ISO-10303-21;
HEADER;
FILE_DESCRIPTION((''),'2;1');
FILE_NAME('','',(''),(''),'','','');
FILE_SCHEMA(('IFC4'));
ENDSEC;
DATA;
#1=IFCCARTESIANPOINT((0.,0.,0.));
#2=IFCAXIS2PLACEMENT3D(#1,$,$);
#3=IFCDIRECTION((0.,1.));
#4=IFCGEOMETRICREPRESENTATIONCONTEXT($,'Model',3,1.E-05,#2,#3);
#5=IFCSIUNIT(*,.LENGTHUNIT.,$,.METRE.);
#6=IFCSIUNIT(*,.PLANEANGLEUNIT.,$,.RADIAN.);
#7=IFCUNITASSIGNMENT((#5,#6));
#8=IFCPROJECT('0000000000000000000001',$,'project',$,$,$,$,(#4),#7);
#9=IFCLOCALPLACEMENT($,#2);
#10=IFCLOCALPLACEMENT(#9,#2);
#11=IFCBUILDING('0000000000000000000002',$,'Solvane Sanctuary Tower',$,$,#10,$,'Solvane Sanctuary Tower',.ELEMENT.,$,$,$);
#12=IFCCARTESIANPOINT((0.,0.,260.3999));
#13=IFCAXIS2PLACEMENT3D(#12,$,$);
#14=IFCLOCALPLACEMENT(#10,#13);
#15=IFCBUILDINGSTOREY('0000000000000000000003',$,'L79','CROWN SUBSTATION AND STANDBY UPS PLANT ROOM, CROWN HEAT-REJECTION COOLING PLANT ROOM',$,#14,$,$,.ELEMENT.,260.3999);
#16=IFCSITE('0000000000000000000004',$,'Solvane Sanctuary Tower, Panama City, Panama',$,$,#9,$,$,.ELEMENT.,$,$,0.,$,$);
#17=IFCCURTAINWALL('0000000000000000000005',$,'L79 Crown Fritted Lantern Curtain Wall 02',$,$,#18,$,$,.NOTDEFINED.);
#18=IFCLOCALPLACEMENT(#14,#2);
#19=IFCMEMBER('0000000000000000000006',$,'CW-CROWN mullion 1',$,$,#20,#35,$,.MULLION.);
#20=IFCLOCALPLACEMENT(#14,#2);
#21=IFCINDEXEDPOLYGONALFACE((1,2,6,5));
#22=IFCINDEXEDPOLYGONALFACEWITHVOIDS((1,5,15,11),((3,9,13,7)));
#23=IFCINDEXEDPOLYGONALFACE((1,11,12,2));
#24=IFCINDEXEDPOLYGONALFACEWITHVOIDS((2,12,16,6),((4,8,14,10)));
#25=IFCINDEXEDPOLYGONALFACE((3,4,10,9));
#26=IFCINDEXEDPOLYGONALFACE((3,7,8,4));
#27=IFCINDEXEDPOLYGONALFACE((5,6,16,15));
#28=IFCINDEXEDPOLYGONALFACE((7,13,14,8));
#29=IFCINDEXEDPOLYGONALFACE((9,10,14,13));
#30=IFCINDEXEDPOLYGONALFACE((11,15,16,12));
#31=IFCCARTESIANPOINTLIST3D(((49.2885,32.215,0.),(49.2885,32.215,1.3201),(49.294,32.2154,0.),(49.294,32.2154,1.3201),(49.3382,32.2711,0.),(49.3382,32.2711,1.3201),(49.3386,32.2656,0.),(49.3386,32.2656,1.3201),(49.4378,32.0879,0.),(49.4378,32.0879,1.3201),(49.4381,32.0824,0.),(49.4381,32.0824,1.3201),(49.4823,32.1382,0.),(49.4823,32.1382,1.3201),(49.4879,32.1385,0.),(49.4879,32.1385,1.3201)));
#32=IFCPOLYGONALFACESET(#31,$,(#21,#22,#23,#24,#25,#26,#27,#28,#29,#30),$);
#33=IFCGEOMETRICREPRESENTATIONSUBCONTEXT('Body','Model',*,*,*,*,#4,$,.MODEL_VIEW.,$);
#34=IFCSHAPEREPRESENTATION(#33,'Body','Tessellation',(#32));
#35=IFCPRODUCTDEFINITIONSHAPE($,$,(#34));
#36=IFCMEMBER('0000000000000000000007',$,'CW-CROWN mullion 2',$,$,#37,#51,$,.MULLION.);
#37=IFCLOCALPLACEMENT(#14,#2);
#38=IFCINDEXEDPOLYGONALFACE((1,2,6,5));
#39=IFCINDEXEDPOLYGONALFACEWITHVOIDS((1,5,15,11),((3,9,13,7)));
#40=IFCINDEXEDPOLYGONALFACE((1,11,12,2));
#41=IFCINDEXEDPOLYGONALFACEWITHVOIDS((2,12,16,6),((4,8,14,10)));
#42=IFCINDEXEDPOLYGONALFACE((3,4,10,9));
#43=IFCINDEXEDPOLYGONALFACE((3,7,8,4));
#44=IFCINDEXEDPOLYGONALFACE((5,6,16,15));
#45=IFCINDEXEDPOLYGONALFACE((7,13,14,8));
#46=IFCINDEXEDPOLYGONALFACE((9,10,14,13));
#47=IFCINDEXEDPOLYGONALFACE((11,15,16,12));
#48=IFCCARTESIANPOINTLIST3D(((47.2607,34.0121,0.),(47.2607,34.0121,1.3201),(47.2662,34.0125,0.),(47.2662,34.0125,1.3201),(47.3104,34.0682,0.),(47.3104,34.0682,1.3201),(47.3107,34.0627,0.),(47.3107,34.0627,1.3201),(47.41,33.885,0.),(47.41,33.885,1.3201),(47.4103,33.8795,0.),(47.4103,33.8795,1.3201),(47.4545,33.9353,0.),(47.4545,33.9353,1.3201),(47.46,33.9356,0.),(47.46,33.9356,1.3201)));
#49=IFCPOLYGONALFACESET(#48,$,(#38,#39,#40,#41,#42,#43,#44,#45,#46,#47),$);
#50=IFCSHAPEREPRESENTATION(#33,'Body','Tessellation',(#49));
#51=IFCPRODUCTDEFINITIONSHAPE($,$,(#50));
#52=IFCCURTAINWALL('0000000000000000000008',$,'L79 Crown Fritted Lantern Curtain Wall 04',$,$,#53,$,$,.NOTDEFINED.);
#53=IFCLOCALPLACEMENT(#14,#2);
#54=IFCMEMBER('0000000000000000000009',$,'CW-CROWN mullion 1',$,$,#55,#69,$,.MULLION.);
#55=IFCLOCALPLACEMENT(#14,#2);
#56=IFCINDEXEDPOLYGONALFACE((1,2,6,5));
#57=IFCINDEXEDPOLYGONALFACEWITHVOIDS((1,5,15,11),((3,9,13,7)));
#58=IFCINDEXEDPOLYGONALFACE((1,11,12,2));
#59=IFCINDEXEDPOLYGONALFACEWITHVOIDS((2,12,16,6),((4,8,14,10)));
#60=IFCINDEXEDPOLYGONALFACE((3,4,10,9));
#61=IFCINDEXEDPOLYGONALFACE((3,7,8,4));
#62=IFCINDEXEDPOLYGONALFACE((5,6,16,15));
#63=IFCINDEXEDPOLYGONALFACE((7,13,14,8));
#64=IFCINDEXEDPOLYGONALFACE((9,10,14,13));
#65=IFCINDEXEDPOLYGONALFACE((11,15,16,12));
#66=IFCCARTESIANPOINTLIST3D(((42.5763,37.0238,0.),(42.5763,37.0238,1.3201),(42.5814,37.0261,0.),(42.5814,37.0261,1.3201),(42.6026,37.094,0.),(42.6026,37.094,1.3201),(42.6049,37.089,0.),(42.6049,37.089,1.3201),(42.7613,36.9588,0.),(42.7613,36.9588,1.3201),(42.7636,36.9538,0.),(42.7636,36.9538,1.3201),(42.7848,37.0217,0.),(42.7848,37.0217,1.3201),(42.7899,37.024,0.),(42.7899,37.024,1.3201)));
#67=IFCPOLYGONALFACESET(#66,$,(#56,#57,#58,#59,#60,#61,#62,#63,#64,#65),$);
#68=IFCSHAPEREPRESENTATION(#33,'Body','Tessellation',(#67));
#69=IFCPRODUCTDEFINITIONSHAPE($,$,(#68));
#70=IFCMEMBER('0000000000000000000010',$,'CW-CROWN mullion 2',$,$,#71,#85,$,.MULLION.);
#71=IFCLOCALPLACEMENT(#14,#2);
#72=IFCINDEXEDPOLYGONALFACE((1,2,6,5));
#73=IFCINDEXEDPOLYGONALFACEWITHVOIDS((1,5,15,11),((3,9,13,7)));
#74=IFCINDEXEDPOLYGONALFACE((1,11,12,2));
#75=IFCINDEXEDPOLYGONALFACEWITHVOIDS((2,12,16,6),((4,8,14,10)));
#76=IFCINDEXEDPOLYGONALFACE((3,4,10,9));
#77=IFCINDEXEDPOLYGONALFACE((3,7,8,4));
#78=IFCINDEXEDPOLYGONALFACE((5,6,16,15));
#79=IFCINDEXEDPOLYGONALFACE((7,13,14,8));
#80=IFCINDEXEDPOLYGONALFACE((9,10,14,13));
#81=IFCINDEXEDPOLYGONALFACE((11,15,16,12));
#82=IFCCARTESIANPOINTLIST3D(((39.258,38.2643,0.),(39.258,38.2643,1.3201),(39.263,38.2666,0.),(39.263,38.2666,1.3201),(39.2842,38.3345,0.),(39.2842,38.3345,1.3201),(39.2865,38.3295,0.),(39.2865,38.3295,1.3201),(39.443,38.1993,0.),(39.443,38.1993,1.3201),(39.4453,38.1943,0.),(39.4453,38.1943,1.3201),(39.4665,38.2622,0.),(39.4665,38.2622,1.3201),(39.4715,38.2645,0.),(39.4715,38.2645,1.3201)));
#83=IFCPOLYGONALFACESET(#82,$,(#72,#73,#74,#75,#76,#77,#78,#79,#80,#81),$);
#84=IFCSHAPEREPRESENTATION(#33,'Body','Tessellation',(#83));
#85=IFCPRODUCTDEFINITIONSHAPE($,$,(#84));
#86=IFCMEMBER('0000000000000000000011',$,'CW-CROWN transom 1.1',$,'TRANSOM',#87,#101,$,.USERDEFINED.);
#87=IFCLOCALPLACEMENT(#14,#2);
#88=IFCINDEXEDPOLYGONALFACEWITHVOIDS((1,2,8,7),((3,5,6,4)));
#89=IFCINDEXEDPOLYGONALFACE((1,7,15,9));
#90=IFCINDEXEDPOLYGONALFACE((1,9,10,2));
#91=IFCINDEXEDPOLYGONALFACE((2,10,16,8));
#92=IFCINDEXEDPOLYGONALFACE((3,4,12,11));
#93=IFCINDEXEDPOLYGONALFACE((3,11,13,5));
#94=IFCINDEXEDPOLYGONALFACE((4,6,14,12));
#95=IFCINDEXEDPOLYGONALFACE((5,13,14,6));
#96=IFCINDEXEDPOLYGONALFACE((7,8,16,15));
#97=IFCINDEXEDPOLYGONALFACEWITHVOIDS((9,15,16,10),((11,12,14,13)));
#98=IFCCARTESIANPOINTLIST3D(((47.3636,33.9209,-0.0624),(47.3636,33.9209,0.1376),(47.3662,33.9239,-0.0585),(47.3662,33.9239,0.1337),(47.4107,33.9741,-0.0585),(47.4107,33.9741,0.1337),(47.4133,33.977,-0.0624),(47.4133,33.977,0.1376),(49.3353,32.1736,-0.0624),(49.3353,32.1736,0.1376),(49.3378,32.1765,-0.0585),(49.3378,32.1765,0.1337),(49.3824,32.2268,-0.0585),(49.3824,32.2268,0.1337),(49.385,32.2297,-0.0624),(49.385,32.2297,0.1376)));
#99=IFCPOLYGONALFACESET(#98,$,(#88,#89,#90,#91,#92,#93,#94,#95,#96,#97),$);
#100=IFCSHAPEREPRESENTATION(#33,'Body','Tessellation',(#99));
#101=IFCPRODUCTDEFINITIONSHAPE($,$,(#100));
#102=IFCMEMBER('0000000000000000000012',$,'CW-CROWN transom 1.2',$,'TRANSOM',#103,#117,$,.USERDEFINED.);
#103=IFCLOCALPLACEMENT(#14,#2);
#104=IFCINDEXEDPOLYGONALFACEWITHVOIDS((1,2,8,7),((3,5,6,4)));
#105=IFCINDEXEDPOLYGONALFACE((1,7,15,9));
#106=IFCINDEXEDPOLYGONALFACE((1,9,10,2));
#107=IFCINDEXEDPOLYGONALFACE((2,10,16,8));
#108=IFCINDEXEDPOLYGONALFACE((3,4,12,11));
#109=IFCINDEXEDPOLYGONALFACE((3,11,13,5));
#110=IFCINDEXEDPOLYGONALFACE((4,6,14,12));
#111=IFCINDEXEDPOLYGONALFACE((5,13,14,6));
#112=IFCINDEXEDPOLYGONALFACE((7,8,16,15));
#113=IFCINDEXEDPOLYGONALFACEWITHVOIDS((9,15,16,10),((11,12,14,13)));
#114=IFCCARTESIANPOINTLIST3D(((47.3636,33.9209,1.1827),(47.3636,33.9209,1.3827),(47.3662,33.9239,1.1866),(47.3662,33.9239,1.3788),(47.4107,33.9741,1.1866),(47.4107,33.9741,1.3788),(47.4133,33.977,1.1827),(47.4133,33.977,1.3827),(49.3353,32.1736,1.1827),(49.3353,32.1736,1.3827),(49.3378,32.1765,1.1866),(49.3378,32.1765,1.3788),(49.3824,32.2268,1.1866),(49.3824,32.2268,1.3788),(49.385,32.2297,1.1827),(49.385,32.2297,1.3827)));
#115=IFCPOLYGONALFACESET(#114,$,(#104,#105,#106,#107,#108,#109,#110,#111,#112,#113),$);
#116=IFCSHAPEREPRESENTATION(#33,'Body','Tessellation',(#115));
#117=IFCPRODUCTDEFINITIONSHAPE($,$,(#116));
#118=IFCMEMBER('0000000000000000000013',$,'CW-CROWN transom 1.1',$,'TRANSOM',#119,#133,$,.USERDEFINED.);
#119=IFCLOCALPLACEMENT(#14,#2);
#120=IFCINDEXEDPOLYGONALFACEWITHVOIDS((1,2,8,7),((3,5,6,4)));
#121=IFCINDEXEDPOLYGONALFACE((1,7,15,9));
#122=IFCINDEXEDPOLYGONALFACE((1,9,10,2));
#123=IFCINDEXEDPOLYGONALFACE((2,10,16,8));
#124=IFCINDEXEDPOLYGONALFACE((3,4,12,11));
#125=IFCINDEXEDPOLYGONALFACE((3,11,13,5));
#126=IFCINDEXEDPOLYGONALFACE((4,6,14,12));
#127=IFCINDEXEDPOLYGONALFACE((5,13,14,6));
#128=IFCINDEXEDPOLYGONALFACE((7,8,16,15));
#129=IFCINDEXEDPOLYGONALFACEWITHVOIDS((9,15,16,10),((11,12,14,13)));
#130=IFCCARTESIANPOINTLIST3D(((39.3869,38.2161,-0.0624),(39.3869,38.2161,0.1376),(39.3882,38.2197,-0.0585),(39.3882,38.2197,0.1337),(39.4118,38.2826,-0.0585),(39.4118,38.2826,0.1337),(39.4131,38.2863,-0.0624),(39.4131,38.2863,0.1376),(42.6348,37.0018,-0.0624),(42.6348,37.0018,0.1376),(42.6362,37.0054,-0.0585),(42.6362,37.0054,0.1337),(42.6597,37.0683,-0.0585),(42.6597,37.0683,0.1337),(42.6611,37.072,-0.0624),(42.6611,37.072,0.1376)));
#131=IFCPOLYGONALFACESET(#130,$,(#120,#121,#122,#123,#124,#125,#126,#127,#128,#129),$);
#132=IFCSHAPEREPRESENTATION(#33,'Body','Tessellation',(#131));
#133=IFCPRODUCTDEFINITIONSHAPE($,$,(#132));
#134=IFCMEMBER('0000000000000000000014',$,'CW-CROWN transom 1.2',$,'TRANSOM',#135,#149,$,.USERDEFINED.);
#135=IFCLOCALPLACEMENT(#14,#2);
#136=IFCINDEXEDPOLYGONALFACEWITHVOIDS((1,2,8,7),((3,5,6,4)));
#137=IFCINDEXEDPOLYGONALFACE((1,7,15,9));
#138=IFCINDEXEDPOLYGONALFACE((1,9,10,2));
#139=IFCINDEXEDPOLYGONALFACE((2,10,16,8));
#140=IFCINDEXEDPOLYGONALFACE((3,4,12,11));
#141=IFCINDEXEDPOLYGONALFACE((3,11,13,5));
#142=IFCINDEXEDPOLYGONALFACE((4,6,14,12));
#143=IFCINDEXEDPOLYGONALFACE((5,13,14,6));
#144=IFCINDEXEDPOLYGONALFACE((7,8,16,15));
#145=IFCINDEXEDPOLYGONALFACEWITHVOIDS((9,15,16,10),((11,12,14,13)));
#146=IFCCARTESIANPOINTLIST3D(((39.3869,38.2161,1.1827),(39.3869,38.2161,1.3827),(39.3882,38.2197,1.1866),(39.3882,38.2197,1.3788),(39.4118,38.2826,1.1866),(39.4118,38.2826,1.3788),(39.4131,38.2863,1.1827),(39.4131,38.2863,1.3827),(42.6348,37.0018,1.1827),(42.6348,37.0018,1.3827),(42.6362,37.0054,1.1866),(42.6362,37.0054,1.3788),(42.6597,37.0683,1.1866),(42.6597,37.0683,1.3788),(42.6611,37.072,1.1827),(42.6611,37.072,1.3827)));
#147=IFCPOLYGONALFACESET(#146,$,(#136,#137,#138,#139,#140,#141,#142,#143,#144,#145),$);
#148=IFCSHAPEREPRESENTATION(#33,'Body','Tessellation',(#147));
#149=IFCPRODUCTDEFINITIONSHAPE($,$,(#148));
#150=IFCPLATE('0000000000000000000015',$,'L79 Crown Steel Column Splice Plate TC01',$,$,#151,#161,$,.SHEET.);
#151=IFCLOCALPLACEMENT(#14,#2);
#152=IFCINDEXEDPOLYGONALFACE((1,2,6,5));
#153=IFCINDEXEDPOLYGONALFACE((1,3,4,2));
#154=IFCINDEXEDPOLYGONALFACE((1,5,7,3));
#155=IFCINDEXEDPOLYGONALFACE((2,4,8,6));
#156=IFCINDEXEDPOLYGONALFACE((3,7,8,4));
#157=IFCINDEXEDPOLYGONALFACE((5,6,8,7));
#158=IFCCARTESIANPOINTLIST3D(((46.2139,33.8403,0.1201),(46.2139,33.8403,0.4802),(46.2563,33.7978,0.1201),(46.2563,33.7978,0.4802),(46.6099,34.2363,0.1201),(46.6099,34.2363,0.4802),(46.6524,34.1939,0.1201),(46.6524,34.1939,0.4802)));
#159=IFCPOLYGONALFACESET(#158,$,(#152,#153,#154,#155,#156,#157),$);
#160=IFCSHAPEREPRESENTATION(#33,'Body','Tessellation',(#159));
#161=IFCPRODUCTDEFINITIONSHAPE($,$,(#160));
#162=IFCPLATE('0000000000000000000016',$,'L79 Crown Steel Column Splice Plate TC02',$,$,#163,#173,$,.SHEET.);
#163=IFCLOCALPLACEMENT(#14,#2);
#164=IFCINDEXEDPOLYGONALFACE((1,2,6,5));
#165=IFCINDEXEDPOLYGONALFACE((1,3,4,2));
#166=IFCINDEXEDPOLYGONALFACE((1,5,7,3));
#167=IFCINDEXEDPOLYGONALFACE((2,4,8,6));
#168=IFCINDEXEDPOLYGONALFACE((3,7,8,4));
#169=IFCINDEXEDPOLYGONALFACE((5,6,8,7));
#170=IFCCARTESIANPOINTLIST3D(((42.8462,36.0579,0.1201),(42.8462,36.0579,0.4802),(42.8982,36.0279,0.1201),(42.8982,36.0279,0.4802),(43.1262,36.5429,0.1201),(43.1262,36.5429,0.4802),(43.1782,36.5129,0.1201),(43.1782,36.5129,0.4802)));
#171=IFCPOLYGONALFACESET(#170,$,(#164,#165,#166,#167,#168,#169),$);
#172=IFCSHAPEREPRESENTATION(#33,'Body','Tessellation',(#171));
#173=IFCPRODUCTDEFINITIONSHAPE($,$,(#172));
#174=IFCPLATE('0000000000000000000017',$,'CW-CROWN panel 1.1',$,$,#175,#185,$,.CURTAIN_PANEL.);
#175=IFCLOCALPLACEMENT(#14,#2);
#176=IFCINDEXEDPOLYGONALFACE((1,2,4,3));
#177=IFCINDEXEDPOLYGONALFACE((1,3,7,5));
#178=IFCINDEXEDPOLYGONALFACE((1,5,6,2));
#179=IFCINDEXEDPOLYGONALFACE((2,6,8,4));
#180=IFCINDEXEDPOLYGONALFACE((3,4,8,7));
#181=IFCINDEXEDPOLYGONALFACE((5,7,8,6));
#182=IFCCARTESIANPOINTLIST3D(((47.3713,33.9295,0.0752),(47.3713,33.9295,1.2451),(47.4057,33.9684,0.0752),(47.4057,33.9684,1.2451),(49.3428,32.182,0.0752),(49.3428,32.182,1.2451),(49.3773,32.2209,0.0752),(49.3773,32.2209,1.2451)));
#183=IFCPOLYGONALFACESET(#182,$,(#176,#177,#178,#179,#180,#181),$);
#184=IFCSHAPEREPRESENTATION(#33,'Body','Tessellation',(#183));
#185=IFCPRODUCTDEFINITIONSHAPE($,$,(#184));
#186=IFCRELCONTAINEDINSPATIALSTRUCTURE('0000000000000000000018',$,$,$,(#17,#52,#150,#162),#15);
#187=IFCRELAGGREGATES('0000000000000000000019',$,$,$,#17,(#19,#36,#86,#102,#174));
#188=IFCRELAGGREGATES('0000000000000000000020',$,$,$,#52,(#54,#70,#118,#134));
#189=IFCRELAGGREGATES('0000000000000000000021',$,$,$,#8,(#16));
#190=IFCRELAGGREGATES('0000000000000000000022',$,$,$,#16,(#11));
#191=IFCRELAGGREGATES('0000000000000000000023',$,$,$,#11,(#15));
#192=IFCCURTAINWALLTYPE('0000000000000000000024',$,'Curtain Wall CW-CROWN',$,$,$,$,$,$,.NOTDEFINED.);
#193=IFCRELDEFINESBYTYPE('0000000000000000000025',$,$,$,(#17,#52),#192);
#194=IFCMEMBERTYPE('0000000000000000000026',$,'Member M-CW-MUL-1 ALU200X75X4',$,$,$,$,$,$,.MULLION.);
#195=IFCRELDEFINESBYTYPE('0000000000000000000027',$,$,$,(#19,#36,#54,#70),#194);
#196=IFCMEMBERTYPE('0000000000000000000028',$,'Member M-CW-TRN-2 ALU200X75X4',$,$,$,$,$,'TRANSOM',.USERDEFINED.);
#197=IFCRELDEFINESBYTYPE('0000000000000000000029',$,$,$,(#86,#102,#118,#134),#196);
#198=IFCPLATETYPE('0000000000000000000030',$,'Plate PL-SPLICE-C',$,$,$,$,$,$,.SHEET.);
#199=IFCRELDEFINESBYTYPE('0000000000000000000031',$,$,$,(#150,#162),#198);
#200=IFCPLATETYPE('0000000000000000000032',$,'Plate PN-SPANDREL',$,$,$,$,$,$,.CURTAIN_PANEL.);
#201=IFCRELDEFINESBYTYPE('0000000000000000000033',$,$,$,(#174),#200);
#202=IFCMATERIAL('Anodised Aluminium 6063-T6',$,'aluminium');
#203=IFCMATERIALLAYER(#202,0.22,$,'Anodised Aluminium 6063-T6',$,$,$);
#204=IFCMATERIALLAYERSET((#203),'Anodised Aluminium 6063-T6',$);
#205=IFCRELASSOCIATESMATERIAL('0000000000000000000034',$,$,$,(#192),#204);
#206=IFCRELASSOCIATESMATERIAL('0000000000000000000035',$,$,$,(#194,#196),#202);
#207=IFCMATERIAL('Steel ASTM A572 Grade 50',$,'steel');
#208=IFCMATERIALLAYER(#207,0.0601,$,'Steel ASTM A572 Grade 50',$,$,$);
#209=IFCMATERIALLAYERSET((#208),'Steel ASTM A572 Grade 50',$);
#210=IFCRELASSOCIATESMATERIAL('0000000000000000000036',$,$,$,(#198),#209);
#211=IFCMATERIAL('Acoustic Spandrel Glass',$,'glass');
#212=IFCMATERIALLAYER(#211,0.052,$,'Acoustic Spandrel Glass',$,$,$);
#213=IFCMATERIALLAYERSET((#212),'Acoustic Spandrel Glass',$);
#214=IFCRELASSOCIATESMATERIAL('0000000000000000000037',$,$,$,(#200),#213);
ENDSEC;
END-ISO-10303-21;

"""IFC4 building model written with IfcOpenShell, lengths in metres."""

from ifc_helpers import new_model, si_unit, direction, frame, origin, origin_2d, place, context, subcontext, project, spatial, rectangle, hollow_rectangle, extrude, material, layer, layer_set, material_profile, profile_set, type_object, element, aggregate, save


model = new_model("IFC4")

# Units and contexts
model_context = context("Model", 3, precision=1e-05, world=origin(), true_north=direction((0.0, 1.0)))
body_context = subcontext(model_context, "Body", "Model", "MODEL_VIEW")
ifc_project = project(units=[si_unit("LENGTHUNIT", "METRE"), si_unit("PLANEANGLEUNIT", "RADIAN")], contexts=[model_context])

# Site, building, storey
site_placement = place(None, origin())
site = spatial("IfcSite", under=ifc_project, at=site_placement, Name="Solvane Sanctuary Tower, Panama City, Panama", CompositionType="ELEMENT", RefElevation=0.0)
building_placement = place(site_placement, origin())
building = spatial("IfcBuilding", under=site, at=building_placement, Name="Solvane Sanctuary Tower", LongName="Solvane Sanctuary Tower", CompositionType="ELEMENT")
storey_placement = place(building_placement, frame((0.0, 0.0, 260.3999)))
storey = spatial("IfcBuildingStorey", under=building, at=storey_placement, Name="L79", Description="CROWN SUBSTATION AND STANDBY UPS PLANT ROOM, CROWN HEAT-REJECTION COOLING PLANT ROOM", CompositionType="ELEMENT", Elevation=260.3999)

# Shared definitions
ifc_material_1 = material(Name="Anodised Aluminium 6063-T6", Category="aluminium")
ifc_layer_1 = layer(ifc_material_1, 0.22, Name="Anodised Aluminium 6063-T6")
ifc_layer_set_1 = layer_set([ifc_layer_1], Name="Anodised Aluminium 6063-T6")
curtain_wall_type = type_object("IfcCurtainWallType", Name="Curtain Wall CW-CROWN", PredefinedType="NOTDEFINED", material=ifc_layer_set_1)
ifc_material_profile_1 = material_profile(ifc_material_1, hollow_rectangle(XDim=0.075, YDim=0.2, WallThickness=0.0039, at=origin_2d()), Name="ALU200X75X4")
ifc_profile_set_1 = profile_set([ifc_material_profile_1], Name="Anodised Aluminium 6063-T6")
member_type_1 = type_object("IfcMemberType", Name="Member M-CW-MUL-1 ALU200X75X4", PredefinedType="MULLION", material=ifc_profile_set_1)

# Curtain walls, members
curtain_wall_1_placement = place(storey_placement, origin())
curtain_wall_1 = element("IfcCurtainWall", 1, at=curtain_wall_1_placement, inside=storey, type_object=curtain_wall_type, Name="L79 Crown Fritted Lantern Curtain Wall 02", PredefinedType="NOTDEFINED")
member_1_placement = place(storey_placement, frame((49.3882, 32.1768, 0.0), z_axis=(0.0, 0.0, 1.0), x_axis=(-0.663307, -0.748348, 0.0)))
member_1 = element("IfcMember", 2, at=member_1_placement, type_object=member_type_1, Name="CW-CROWN mullion 1", PredefinedType="MULLION", context=body_context, shape_type="SweptSolid", body=[
    extrude(hollow_rectangle(XDim=0.075, YDim=0.2, WallThickness=0.0039, at=origin_2d()), origin(), (0.0, 0.0, 1.0), 1.3201),
])
member_2_placement = place(storey_placement, frame((47.3604, 33.9739, 0.0), z_axis=(0.0, 0.0, 1.0), x_axis=(-0.663307, -0.748348, 0.0)))
member_2 = element("IfcMember", 3, at=member_2_placement, type_object=member_type_1, Name="CW-CROWN mullion 2", PredefinedType="MULLION", context=body_context, shape_type="SweptSolid", body=[
    extrude(hollow_rectangle(XDim=0.075, YDim=0.2, WallThickness=0.0039, at=origin_2d()), origin(), (0.0, 0.0, 1.0), 1.3201),
])
curtain_wall_2_placement = place(storey_placement, origin())
curtain_wall_2 = element("IfcCurtainWall", 4, at=curtain_wall_2_placement, inside=storey, type_object=curtain_wall_type, Name="L79 Crown Fritted Lantern Curtain Wall 04", PredefinedType="NOTDEFINED")
member_3_placement = place(storey_placement, frame((42.6831, 37.0239, 0.0), z_axis=(0.0, 0.0, 1.0), x_axis=(-0.350163, -0.936689, 0.0)))
member_3 = element("IfcMember", 5, at=member_3_placement, type_object=member_type_1, Name="CW-CROWN mullion 1", PredefinedType="MULLION", context=body_context, shape_type="SweptSolid", body=[
    extrude(hollow_rectangle(XDim=0.075, YDim=0.2, WallThickness=0.0039, at=origin_2d()), origin(), (0.0, 0.0, 1.0), 1.3201),
])
member_4_placement = place(storey_placement, frame((39.3647, 38.2644, 0.0), z_axis=(0.0, 0.0, 1.0), x_axis=(-0.350163, -0.936689, 0.0)))
member_4 = element("IfcMember", 6, at=member_4_placement, type_object=member_type_1, Name="CW-CROWN mullion 2", PredefinedType="MULLION", context=body_context, shape_type="SweptSolid", body=[
    extrude(hollow_rectangle(XDim=0.075, YDim=0.2, WallThickness=0.0039, at=origin_2d()), origin(), (0.0, 0.0, 1.0), 1.3201),
])

# Members
ifc_material_profile_2 = material_profile(ifc_material_1, hollow_rectangle(XDim=0.075, YDim=0.2, WallThickness=0.0039, at=origin_2d()), Name="ALU200X75X4")
ifc_profile_set_2 = profile_set([ifc_material_profile_2], Name="Anodised Aluminium 6063-T6")
member_type_2 = type_object("IfcMemberType", Name="Member M-CW-TRN-2 ALU200X75X4", ElementType="TRANSOM", PredefinedType="USERDEFINED", material=ifc_profile_set_2)
member_5_placement = place(storey_placement, frame((49.3601, 32.2017, 0.0376), z_axis=(-0.748405, 0.663241, 0.0), x_axis=(-0.663241, -0.748405, 0.0)))
member_5 = element("IfcMember", 7, at=member_5_placement, type_object=member_type_2, Name="CW-CROWN transom 1.1", ObjectType="TRANSOM", PredefinedType="USERDEFINED", context=body_context, shape_type="SweptSolid", body=[
    extrude(hollow_rectangle(XDim=0.075, YDim=0.2, WallThickness=0.0039, at=origin_2d()), origin(), (0.0, 0.0, 1.0), 2.6345),
])
member_6_placement = place(storey_placement, frame((49.3601, 32.2017, 1.2827), z_axis=(-0.748405, 0.663241, 0.0), x_axis=(-0.663241, -0.748405, 0.0)))
member_6 = element("IfcMember", 8, at=member_6_placement, type_object=member_type_2, Name="CW-CROWN transom 1.2", ObjectType="TRANSOM", PredefinedType="USERDEFINED", context=body_context, shape_type="SweptSolid", body=[
    extrude(hollow_rectangle(XDim=0.075, YDim=0.2, WallThickness=0.0039, at=origin_2d()), origin(), (0.0, 0.0, 1.0), 2.6345),
])
member_7_placement = place(storey_placement, frame((42.6479, 37.0369, 0.0376), z_axis=(-0.936676, 0.350197, 0.0), x_axis=(-0.350197, -0.936676, 0.0)))
member_7 = element("IfcMember", 9, at=member_7_placement, type_object=member_type_2, Name="CW-CROWN transom 1.1", ObjectType="TRANSOM", PredefinedType="USERDEFINED", context=body_context, shape_type="SweptSolid", body=[
    extrude(hollow_rectangle(XDim=0.075, YDim=0.2, WallThickness=0.0039, at=origin_2d()), origin(), (0.0, 0.0, 1.0), 3.4675),
])
member_8_placement = place(storey_placement, frame((42.6479, 37.0369, 1.2827), z_axis=(-0.936676, 0.350197, 0.0), x_axis=(-0.350197, -0.936676, 0.0)))
member_8 = element("IfcMember", 10, at=member_8_placement, type_object=member_type_2, Name="CW-CROWN transom 1.2", ObjectType="TRANSOM", PredefinedType="USERDEFINED", context=body_context, shape_type="SweptSolid", body=[
    extrude(hollow_rectangle(XDim=0.075, YDim=0.2, WallThickness=0.0039, at=origin_2d()), origin(), (0.0, 0.0, 1.0), 3.4675),
])

# Plates
ifc_material_2 = material(Name="Steel ASTM A572 Grade 50", Category="steel")
ifc_layer_2 = layer(ifc_material_2, 0.0601, Name="Steel ASTM A572 Grade 50")
ifc_layer_set_2 = layer_set([ifc_layer_2], Name="Steel ASTM A572 Grade 50")
plate_type_1 = type_object("IfcPlateType", Name="Plate PL-SPLICE-C", PredefinedType="SHEET", material=ifc_layer_set_2)
for number, where, z_axis, x_axis, name in (
    (11, (46.4331, 34.0171, 0.1201), (0.0, 0.0, 1.0), (0.707107, 0.707107, 0.0), "L79 Crown Steel Column Splice Plate TC01"),
    (12, (43.0122, 36.2854, 0.1201), (0.0, 0.0, 1.0), (0.5, 0.866025, 0.0), "L79 Crown Steel Column Splice Plate TC02"),
):
    element("IfcPlate", number, at=place(storey_placement, frame(where, z_axis=z_axis, x_axis=x_axis)), inside=storey, type_object=plate_type_1, Name=name, PredefinedType="SHEET", context=body_context, shape_type="SweptSolid", body=[
        extrude(rectangle(XDim=0.5601, YDim=0.0601, at=origin_2d()), origin(), (0.0, 0.0, 1.0), 0.3601),
    ])

# Plate
ifc_material_3 = material(Name="Acoustic Spandrel Glass", Category="glass")
ifc_layer_3 = layer(ifc_material_3, 0.052, Name="Acoustic Spandrel Glass")
ifc_layer_set_3 = layer_set([ifc_layer_3], Name="Acoustic Spandrel Glass")
plate_type_2 = type_object("IfcPlateType", Name="Plate PN-SPANDREL", PredefinedType="CURTAIN_PANEL", material=ifc_layer_set_3)
plate_1_placement = place(storey_placement, frame((48.3743, 33.0752, 0.0752), z_axis=(0.0, 0.0, 1.0), x_axis=(-0.748348, 0.663307, 0.0)))
plate_1 = element("IfcPlate", 13, at=plate_1_placement, type_object=plate_type_2, Name="CW-CROWN panel 1.1", PredefinedType="CURTAIN_PANEL", context=body_context, shape_type="SweptSolid", body=[
    extrude(rectangle(XDim=2.6345, YDim=0.052, at=origin_2d()), origin(), (0.0, 0.0, 1.0), 1.1699),
])
aggregate(curtain_wall_1, [member_1, member_2, member_5, member_6, plate_1])
aggregate(curtain_wall_2, [member_3, member_4, member_7, member_8])

save(model, "model.ifc")
